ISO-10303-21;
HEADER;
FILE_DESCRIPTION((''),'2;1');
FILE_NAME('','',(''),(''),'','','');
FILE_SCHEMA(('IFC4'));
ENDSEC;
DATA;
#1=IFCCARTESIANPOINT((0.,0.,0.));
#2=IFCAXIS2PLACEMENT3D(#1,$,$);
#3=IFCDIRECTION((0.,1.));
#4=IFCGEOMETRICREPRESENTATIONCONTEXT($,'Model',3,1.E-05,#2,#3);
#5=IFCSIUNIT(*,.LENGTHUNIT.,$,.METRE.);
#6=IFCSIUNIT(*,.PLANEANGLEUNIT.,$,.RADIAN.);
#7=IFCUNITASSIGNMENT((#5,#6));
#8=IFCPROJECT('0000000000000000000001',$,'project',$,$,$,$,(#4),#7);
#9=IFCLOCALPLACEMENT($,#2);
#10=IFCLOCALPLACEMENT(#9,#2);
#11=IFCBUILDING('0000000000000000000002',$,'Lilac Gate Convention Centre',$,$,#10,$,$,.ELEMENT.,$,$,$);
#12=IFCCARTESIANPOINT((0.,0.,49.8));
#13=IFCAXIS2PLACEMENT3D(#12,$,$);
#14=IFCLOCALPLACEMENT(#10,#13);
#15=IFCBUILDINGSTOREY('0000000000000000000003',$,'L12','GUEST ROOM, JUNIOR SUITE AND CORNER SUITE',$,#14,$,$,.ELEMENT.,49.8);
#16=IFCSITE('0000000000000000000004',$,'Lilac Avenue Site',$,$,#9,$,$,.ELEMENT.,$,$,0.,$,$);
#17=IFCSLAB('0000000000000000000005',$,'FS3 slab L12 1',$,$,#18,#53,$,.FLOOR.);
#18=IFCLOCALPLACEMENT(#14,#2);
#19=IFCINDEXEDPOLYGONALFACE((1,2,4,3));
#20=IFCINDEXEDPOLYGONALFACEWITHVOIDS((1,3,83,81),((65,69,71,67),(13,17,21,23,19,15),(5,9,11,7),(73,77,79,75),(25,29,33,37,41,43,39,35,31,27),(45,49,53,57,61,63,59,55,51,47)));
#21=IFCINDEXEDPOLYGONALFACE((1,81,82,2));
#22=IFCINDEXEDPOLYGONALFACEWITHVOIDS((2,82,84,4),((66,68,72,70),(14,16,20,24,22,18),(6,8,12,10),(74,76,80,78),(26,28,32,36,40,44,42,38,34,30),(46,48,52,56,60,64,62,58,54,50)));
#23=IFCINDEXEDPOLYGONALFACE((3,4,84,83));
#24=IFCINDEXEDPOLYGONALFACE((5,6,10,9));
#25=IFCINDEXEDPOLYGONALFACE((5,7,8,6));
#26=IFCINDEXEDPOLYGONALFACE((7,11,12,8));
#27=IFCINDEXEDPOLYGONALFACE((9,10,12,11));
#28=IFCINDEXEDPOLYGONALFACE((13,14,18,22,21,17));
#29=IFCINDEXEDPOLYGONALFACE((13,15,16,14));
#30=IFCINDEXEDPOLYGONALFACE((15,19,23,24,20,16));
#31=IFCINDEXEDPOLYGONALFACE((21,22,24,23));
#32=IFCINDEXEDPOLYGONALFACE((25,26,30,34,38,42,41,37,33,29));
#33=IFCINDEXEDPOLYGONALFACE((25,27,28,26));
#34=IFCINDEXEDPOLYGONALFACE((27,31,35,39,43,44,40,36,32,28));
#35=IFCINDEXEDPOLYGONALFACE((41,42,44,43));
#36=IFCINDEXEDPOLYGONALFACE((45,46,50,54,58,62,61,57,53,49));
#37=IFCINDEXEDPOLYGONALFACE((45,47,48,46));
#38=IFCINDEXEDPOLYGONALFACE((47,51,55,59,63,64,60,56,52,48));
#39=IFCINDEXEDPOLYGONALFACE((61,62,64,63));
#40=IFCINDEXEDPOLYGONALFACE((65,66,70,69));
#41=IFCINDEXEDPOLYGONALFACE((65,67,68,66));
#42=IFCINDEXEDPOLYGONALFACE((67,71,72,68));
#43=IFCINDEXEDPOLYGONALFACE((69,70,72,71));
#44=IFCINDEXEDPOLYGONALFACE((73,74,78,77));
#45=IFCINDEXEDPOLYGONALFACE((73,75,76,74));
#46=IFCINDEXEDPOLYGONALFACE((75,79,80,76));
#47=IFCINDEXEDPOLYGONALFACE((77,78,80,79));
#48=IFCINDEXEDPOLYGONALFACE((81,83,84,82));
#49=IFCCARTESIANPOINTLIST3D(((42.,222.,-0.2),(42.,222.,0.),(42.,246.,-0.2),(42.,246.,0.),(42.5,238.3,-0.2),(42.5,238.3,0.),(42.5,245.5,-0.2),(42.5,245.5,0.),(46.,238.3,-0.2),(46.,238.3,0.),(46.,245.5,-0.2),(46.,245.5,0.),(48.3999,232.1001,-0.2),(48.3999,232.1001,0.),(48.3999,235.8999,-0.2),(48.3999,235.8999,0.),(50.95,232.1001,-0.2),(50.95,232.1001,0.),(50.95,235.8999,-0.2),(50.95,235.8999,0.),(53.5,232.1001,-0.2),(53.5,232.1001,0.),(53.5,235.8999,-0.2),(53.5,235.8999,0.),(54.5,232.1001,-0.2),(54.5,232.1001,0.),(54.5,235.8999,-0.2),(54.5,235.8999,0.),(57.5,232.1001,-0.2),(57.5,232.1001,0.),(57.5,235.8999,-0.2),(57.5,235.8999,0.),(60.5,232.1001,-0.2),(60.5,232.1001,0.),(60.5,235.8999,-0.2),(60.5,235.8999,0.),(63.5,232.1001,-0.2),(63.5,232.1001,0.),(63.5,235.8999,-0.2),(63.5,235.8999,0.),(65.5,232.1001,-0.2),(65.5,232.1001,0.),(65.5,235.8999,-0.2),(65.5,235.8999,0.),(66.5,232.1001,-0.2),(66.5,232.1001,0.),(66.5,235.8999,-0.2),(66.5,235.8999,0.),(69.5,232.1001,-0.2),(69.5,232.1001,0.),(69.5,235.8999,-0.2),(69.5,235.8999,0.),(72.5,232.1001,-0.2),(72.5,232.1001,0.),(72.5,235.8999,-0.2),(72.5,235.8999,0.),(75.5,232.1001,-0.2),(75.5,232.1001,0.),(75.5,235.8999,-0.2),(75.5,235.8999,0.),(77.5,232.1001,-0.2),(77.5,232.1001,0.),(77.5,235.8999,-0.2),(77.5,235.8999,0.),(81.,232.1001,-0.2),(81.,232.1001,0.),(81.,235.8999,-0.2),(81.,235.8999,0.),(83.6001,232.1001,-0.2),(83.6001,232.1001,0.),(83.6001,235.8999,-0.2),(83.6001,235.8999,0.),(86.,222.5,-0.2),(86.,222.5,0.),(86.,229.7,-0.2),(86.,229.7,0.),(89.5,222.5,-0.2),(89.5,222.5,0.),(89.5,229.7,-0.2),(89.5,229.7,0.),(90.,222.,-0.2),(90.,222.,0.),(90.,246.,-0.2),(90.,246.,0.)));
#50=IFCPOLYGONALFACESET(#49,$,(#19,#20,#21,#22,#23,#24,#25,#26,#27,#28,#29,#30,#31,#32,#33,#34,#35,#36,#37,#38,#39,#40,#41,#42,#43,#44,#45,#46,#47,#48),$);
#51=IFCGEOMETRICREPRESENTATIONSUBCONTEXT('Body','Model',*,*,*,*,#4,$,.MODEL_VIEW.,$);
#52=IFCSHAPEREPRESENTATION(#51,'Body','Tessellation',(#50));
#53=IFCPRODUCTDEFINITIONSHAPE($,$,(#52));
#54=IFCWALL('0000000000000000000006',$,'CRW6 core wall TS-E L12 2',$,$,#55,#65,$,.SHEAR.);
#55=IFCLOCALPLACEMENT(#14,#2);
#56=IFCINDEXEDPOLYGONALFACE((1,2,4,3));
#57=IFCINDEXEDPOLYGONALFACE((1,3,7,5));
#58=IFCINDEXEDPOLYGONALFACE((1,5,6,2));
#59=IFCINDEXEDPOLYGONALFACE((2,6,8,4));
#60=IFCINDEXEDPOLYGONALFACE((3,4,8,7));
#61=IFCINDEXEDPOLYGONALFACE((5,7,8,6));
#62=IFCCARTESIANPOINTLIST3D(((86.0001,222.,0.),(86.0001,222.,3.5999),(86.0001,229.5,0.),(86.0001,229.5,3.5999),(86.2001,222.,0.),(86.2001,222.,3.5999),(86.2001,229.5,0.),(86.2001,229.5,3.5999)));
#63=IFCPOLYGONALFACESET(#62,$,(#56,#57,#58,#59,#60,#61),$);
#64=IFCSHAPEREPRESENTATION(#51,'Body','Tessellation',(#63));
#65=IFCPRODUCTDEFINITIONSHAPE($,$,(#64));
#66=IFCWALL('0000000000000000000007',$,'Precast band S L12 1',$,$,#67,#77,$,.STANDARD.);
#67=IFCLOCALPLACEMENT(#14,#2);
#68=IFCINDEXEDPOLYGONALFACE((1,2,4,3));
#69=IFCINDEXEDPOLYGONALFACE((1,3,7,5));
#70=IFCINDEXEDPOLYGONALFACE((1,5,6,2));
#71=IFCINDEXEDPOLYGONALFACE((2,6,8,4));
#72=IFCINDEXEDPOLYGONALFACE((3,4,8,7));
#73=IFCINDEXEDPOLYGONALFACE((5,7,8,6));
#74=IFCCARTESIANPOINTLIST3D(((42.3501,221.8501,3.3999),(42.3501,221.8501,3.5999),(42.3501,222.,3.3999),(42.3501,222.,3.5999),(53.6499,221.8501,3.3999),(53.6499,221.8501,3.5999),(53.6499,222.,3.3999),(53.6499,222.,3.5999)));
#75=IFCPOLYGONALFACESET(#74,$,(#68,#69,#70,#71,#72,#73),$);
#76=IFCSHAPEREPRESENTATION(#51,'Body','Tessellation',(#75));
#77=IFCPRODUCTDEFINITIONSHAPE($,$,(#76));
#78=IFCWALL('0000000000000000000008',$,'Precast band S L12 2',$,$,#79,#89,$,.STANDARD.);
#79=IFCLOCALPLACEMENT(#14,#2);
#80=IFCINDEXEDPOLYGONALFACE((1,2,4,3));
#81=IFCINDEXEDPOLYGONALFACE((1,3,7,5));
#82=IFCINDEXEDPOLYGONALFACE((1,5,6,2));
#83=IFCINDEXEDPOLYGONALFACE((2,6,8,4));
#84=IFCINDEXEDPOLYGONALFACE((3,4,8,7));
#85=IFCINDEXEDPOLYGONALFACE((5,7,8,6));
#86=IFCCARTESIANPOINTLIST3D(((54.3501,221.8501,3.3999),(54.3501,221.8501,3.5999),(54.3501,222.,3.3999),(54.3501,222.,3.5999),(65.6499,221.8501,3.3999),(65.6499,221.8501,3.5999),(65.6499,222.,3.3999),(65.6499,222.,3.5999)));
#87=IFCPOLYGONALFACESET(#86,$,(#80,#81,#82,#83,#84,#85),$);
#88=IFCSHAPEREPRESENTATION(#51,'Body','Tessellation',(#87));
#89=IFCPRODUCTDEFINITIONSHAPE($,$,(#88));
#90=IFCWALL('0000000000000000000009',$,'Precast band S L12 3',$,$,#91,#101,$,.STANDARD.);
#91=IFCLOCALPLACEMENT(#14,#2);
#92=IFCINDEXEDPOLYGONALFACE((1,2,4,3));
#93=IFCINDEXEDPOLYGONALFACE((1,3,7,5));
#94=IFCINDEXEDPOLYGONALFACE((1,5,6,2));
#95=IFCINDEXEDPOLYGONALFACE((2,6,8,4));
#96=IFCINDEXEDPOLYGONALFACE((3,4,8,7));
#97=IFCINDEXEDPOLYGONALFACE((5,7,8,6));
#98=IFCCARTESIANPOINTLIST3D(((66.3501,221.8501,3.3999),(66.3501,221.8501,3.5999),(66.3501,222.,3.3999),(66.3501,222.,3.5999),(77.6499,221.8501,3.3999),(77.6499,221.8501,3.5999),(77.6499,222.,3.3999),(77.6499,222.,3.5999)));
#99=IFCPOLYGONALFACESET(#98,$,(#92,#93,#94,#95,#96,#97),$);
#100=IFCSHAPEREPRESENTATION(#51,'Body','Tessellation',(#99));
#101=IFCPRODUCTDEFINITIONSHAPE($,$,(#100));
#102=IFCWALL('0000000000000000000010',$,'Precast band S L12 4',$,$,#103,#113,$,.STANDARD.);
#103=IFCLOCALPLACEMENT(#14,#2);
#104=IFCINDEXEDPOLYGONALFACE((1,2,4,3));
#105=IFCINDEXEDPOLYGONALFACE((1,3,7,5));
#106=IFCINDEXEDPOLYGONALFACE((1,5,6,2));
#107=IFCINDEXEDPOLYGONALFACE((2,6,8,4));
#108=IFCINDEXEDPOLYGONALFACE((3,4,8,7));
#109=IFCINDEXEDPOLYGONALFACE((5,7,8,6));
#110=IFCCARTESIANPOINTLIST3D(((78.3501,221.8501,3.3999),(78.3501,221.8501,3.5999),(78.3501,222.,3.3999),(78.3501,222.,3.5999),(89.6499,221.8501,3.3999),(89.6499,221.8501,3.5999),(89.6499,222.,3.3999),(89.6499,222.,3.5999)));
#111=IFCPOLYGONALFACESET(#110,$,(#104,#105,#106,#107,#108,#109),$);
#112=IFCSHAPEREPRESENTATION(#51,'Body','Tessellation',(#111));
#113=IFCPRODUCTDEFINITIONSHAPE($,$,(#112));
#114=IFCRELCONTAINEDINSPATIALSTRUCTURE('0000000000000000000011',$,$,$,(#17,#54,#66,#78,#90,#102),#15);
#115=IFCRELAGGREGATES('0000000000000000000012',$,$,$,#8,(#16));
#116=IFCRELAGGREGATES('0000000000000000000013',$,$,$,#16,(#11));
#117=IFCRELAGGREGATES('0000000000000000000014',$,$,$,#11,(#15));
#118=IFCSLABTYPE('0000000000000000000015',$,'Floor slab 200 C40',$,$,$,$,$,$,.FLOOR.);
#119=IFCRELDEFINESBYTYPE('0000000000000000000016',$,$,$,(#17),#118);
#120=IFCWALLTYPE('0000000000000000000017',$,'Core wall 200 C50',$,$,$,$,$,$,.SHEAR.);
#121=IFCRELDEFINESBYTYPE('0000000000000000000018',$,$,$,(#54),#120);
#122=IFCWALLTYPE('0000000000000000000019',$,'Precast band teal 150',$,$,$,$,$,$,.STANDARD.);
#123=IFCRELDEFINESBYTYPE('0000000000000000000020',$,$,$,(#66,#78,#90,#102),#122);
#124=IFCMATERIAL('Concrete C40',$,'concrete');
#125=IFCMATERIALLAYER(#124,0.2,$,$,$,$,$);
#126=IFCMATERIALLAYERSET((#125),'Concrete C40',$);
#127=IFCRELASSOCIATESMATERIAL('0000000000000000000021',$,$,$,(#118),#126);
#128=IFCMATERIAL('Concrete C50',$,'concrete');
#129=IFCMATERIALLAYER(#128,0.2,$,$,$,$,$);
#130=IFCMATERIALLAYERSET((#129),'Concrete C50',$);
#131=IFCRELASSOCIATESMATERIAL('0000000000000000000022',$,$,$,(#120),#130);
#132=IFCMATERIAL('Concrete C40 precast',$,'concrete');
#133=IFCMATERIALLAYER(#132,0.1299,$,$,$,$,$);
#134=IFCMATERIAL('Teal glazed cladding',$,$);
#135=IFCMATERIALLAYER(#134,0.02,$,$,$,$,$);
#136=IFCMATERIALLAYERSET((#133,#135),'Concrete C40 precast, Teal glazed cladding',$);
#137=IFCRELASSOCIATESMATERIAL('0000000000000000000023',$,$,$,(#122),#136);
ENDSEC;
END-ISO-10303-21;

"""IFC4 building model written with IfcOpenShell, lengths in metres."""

from ifc_helpers import new_model, si_unit, direction, frame, frame_2d, origin, place, context, subcontext, project, spatial, polyline, rectangle, outline, extrude, material, layer, layer_set, type_object, element, save


model = new_model("IFC4")

# Units and contexts
model_context = context("Model", 3, precision=1e-05, world=origin(), true_north=direction((0.0, 1.0)))
body_context = subcontext(model_context, "Body", "Model", "MODEL_VIEW")
ifc_project = project(units=[si_unit("LENGTHUNIT", "METRE"), si_unit("PLANEANGLEUNIT", "RADIAN")], contexts=[model_context])

# Site, building, storey
site_placement = place(None, origin())
site = spatial("IfcSite", under=ifc_project, at=site_placement, Name="Lilac Avenue Site", CompositionType="ELEMENT", RefElevation=0.0)
building_placement = place(site_placement, origin())
building = spatial("IfcBuilding", under=site, at=building_placement, Name="Lilac Gate Convention Centre", CompositionType="ELEMENT")
storey_placement = place(building_placement, frame((0.0, 0.0, 49.8)))
storey = spatial("IfcBuildingStorey", under=building, at=storey_placement, Name="L12", Description="GUEST ROOM, JUNIOR SUITE AND CORNER SUITE", CompositionType="ELEMENT", Elevation=49.8)

# Shared definitions
ifc_material_1 = material(Name="Concrete C40", Category="concrete")

# Slab
ifc_layer_1 = layer(ifc_material_1, 0.2)
ifc_layer_set_1 = layer_set([ifc_layer_1], Name="Concrete C40")
slab_type_1 = type_object("IfcSlabType", Name="Floor slab 200 C40", PredefinedType="FLOOR", material=ifc_layer_set_1)
slab_1_placement = place(storey_placement, frame((0.0, 0.0, -0.2)))
element("IfcSlab", 1, at=slab_1_placement, inside=storey, type_object=slab_type_1, Name="FS3 slab L12 1", PredefinedType="FLOOR", context=body_context, shape_type="SweptSolid", body=[
    extrude(outline(polyline([(42.0, 222.0), (42.0, 246.0), (90.0, 246.0), (90.0, 222.0), (42.0, 222.0)]), holes=[polyline([(48.3999, 235.8999), (48.3999, 232.1001), (50.95, 232.1001), (53.5, 232.1001), (53.5, 235.8999), (50.95, 235.8999), (48.3999, 235.8999)]), polyline([(57.5, 235.8999), (54.5, 235.8999), (54.5, 232.1001), (57.5, 232.1001), (60.5, 232.1001), (63.5, 232.1001), (65.5, 232.1001), (65.5, 235.8999), (63.5, 235.8999), (60.5, 235.8999), (57.5, 235.8999)]), polyline([(42.5, 245.5), (42.5, 238.3), (46.0, 238.3), (46.0, 245.5), (42.5, 245.5)]), polyline([(89.5, 229.7), (86.0, 229.7), (86.0, 222.5), (89.5, 222.5), (89.5, 229.7)]), polyline([(69.5, 235.8999), (66.5, 235.8999), (66.5, 232.1001), (69.5, 232.1001), (72.5, 232.1001), (75.5, 232.1001), (77.5, 232.1001), (77.5, 235.8999), (75.5, 235.8999), (72.5, 235.8999), (69.5, 235.8999)]), polyline([(83.6001, 235.8999), (81.0, 235.8999), (81.0, 232.1001), (83.6001, 232.1001), (83.6001, 235.8999)])]), origin(), (0.0, 0.0, 1.0), 0.2),
])

# Walls
ifc_material_2 = material(Name="Concrete C50", Category="concrete")
ifc_layer_2 = layer(ifc_material_2, 0.2)
ifc_layer_set_2 = layer_set([ifc_layer_2], Name="Concrete C50")
wall_type_1 = type_object("IfcWallType", Name="Core wall 200 C50", PredefinedType="SHEAR", material=ifc_layer_set_2)
wall_placement = place(storey_placement, frame((86.1001, 222.0, 0.0), z_axis=(0.0, 0.0, 1.0), x_axis=(0.0, 1.0, 0.0)))
element("IfcWall", 2, at=wall_placement, inside=storey, type_object=wall_type_1, Name="CRW6 core wall TS-E L12 2", PredefinedType="SHEAR", context=body_context, shape_type="SweptSolid", body=[
    extrude(rectangle(XDim=7.5, YDim=0.2, at=frame_2d((3.75, 0.0))), origin(), (0.0, 0.0, 1.0), 3.5999),
])
ifc_material_3 = material(Name="Concrete C40 precast", Category="concrete")
ifc_layer_3 = layer(ifc_material_3, 0.1299)
ifc_material_4 = material(Name="Teal glazed cladding")
ifc_layer_4 = layer(ifc_material_4, 0.02)
ifc_layer_set_3 = layer_set([ifc_layer_3, ifc_layer_4], Name="Concrete C40 precast, Teal glazed cladding")
wall_type_2 = type_object("IfcWallType", Name="Precast band teal 150", PredefinedType="STANDARD", material=ifc_layer_set_3)
for number, where, z_axis, x_axis, name in (
    (3, (42.3501, 221.925, 3.3999), (0.0, 0.0, 1.0), (1.0, 0.0, 0.0), "Precast band S L12 1"),
    (4, (54.3501, 221.925, 3.3999), (0.0, 0.0, 1.0), (1.0, 0.0, 0.0), "Precast band S L12 2"),
    (5, (66.3501, 221.925, 3.3999), (0.0, 0.0, 1.0), (1.0, 0.0, 0.0), "Precast band S L12 3"),
    (6, (78.3501, 221.925, 3.3999), (0.0, 0.0, 1.0), (1.0, 0.0, 0.0), "Precast band S L12 4"),
):
    element("IfcWall", number, at=place(storey_placement, frame(where, z_axis=z_axis, x_axis=x_axis)), inside=storey, type_object=wall_type_2, Name=name, PredefinedType="STANDARD", context=body_context, shape_type="SweptSolid", body=[
        extrude(rectangle(XDim=11.2998, YDim=0.1499, at=frame_2d((5.6499, 0.0))), origin(), (0.0, 0.0, 1.0), 0.2),
    ])

save(model, "model.ifc")
